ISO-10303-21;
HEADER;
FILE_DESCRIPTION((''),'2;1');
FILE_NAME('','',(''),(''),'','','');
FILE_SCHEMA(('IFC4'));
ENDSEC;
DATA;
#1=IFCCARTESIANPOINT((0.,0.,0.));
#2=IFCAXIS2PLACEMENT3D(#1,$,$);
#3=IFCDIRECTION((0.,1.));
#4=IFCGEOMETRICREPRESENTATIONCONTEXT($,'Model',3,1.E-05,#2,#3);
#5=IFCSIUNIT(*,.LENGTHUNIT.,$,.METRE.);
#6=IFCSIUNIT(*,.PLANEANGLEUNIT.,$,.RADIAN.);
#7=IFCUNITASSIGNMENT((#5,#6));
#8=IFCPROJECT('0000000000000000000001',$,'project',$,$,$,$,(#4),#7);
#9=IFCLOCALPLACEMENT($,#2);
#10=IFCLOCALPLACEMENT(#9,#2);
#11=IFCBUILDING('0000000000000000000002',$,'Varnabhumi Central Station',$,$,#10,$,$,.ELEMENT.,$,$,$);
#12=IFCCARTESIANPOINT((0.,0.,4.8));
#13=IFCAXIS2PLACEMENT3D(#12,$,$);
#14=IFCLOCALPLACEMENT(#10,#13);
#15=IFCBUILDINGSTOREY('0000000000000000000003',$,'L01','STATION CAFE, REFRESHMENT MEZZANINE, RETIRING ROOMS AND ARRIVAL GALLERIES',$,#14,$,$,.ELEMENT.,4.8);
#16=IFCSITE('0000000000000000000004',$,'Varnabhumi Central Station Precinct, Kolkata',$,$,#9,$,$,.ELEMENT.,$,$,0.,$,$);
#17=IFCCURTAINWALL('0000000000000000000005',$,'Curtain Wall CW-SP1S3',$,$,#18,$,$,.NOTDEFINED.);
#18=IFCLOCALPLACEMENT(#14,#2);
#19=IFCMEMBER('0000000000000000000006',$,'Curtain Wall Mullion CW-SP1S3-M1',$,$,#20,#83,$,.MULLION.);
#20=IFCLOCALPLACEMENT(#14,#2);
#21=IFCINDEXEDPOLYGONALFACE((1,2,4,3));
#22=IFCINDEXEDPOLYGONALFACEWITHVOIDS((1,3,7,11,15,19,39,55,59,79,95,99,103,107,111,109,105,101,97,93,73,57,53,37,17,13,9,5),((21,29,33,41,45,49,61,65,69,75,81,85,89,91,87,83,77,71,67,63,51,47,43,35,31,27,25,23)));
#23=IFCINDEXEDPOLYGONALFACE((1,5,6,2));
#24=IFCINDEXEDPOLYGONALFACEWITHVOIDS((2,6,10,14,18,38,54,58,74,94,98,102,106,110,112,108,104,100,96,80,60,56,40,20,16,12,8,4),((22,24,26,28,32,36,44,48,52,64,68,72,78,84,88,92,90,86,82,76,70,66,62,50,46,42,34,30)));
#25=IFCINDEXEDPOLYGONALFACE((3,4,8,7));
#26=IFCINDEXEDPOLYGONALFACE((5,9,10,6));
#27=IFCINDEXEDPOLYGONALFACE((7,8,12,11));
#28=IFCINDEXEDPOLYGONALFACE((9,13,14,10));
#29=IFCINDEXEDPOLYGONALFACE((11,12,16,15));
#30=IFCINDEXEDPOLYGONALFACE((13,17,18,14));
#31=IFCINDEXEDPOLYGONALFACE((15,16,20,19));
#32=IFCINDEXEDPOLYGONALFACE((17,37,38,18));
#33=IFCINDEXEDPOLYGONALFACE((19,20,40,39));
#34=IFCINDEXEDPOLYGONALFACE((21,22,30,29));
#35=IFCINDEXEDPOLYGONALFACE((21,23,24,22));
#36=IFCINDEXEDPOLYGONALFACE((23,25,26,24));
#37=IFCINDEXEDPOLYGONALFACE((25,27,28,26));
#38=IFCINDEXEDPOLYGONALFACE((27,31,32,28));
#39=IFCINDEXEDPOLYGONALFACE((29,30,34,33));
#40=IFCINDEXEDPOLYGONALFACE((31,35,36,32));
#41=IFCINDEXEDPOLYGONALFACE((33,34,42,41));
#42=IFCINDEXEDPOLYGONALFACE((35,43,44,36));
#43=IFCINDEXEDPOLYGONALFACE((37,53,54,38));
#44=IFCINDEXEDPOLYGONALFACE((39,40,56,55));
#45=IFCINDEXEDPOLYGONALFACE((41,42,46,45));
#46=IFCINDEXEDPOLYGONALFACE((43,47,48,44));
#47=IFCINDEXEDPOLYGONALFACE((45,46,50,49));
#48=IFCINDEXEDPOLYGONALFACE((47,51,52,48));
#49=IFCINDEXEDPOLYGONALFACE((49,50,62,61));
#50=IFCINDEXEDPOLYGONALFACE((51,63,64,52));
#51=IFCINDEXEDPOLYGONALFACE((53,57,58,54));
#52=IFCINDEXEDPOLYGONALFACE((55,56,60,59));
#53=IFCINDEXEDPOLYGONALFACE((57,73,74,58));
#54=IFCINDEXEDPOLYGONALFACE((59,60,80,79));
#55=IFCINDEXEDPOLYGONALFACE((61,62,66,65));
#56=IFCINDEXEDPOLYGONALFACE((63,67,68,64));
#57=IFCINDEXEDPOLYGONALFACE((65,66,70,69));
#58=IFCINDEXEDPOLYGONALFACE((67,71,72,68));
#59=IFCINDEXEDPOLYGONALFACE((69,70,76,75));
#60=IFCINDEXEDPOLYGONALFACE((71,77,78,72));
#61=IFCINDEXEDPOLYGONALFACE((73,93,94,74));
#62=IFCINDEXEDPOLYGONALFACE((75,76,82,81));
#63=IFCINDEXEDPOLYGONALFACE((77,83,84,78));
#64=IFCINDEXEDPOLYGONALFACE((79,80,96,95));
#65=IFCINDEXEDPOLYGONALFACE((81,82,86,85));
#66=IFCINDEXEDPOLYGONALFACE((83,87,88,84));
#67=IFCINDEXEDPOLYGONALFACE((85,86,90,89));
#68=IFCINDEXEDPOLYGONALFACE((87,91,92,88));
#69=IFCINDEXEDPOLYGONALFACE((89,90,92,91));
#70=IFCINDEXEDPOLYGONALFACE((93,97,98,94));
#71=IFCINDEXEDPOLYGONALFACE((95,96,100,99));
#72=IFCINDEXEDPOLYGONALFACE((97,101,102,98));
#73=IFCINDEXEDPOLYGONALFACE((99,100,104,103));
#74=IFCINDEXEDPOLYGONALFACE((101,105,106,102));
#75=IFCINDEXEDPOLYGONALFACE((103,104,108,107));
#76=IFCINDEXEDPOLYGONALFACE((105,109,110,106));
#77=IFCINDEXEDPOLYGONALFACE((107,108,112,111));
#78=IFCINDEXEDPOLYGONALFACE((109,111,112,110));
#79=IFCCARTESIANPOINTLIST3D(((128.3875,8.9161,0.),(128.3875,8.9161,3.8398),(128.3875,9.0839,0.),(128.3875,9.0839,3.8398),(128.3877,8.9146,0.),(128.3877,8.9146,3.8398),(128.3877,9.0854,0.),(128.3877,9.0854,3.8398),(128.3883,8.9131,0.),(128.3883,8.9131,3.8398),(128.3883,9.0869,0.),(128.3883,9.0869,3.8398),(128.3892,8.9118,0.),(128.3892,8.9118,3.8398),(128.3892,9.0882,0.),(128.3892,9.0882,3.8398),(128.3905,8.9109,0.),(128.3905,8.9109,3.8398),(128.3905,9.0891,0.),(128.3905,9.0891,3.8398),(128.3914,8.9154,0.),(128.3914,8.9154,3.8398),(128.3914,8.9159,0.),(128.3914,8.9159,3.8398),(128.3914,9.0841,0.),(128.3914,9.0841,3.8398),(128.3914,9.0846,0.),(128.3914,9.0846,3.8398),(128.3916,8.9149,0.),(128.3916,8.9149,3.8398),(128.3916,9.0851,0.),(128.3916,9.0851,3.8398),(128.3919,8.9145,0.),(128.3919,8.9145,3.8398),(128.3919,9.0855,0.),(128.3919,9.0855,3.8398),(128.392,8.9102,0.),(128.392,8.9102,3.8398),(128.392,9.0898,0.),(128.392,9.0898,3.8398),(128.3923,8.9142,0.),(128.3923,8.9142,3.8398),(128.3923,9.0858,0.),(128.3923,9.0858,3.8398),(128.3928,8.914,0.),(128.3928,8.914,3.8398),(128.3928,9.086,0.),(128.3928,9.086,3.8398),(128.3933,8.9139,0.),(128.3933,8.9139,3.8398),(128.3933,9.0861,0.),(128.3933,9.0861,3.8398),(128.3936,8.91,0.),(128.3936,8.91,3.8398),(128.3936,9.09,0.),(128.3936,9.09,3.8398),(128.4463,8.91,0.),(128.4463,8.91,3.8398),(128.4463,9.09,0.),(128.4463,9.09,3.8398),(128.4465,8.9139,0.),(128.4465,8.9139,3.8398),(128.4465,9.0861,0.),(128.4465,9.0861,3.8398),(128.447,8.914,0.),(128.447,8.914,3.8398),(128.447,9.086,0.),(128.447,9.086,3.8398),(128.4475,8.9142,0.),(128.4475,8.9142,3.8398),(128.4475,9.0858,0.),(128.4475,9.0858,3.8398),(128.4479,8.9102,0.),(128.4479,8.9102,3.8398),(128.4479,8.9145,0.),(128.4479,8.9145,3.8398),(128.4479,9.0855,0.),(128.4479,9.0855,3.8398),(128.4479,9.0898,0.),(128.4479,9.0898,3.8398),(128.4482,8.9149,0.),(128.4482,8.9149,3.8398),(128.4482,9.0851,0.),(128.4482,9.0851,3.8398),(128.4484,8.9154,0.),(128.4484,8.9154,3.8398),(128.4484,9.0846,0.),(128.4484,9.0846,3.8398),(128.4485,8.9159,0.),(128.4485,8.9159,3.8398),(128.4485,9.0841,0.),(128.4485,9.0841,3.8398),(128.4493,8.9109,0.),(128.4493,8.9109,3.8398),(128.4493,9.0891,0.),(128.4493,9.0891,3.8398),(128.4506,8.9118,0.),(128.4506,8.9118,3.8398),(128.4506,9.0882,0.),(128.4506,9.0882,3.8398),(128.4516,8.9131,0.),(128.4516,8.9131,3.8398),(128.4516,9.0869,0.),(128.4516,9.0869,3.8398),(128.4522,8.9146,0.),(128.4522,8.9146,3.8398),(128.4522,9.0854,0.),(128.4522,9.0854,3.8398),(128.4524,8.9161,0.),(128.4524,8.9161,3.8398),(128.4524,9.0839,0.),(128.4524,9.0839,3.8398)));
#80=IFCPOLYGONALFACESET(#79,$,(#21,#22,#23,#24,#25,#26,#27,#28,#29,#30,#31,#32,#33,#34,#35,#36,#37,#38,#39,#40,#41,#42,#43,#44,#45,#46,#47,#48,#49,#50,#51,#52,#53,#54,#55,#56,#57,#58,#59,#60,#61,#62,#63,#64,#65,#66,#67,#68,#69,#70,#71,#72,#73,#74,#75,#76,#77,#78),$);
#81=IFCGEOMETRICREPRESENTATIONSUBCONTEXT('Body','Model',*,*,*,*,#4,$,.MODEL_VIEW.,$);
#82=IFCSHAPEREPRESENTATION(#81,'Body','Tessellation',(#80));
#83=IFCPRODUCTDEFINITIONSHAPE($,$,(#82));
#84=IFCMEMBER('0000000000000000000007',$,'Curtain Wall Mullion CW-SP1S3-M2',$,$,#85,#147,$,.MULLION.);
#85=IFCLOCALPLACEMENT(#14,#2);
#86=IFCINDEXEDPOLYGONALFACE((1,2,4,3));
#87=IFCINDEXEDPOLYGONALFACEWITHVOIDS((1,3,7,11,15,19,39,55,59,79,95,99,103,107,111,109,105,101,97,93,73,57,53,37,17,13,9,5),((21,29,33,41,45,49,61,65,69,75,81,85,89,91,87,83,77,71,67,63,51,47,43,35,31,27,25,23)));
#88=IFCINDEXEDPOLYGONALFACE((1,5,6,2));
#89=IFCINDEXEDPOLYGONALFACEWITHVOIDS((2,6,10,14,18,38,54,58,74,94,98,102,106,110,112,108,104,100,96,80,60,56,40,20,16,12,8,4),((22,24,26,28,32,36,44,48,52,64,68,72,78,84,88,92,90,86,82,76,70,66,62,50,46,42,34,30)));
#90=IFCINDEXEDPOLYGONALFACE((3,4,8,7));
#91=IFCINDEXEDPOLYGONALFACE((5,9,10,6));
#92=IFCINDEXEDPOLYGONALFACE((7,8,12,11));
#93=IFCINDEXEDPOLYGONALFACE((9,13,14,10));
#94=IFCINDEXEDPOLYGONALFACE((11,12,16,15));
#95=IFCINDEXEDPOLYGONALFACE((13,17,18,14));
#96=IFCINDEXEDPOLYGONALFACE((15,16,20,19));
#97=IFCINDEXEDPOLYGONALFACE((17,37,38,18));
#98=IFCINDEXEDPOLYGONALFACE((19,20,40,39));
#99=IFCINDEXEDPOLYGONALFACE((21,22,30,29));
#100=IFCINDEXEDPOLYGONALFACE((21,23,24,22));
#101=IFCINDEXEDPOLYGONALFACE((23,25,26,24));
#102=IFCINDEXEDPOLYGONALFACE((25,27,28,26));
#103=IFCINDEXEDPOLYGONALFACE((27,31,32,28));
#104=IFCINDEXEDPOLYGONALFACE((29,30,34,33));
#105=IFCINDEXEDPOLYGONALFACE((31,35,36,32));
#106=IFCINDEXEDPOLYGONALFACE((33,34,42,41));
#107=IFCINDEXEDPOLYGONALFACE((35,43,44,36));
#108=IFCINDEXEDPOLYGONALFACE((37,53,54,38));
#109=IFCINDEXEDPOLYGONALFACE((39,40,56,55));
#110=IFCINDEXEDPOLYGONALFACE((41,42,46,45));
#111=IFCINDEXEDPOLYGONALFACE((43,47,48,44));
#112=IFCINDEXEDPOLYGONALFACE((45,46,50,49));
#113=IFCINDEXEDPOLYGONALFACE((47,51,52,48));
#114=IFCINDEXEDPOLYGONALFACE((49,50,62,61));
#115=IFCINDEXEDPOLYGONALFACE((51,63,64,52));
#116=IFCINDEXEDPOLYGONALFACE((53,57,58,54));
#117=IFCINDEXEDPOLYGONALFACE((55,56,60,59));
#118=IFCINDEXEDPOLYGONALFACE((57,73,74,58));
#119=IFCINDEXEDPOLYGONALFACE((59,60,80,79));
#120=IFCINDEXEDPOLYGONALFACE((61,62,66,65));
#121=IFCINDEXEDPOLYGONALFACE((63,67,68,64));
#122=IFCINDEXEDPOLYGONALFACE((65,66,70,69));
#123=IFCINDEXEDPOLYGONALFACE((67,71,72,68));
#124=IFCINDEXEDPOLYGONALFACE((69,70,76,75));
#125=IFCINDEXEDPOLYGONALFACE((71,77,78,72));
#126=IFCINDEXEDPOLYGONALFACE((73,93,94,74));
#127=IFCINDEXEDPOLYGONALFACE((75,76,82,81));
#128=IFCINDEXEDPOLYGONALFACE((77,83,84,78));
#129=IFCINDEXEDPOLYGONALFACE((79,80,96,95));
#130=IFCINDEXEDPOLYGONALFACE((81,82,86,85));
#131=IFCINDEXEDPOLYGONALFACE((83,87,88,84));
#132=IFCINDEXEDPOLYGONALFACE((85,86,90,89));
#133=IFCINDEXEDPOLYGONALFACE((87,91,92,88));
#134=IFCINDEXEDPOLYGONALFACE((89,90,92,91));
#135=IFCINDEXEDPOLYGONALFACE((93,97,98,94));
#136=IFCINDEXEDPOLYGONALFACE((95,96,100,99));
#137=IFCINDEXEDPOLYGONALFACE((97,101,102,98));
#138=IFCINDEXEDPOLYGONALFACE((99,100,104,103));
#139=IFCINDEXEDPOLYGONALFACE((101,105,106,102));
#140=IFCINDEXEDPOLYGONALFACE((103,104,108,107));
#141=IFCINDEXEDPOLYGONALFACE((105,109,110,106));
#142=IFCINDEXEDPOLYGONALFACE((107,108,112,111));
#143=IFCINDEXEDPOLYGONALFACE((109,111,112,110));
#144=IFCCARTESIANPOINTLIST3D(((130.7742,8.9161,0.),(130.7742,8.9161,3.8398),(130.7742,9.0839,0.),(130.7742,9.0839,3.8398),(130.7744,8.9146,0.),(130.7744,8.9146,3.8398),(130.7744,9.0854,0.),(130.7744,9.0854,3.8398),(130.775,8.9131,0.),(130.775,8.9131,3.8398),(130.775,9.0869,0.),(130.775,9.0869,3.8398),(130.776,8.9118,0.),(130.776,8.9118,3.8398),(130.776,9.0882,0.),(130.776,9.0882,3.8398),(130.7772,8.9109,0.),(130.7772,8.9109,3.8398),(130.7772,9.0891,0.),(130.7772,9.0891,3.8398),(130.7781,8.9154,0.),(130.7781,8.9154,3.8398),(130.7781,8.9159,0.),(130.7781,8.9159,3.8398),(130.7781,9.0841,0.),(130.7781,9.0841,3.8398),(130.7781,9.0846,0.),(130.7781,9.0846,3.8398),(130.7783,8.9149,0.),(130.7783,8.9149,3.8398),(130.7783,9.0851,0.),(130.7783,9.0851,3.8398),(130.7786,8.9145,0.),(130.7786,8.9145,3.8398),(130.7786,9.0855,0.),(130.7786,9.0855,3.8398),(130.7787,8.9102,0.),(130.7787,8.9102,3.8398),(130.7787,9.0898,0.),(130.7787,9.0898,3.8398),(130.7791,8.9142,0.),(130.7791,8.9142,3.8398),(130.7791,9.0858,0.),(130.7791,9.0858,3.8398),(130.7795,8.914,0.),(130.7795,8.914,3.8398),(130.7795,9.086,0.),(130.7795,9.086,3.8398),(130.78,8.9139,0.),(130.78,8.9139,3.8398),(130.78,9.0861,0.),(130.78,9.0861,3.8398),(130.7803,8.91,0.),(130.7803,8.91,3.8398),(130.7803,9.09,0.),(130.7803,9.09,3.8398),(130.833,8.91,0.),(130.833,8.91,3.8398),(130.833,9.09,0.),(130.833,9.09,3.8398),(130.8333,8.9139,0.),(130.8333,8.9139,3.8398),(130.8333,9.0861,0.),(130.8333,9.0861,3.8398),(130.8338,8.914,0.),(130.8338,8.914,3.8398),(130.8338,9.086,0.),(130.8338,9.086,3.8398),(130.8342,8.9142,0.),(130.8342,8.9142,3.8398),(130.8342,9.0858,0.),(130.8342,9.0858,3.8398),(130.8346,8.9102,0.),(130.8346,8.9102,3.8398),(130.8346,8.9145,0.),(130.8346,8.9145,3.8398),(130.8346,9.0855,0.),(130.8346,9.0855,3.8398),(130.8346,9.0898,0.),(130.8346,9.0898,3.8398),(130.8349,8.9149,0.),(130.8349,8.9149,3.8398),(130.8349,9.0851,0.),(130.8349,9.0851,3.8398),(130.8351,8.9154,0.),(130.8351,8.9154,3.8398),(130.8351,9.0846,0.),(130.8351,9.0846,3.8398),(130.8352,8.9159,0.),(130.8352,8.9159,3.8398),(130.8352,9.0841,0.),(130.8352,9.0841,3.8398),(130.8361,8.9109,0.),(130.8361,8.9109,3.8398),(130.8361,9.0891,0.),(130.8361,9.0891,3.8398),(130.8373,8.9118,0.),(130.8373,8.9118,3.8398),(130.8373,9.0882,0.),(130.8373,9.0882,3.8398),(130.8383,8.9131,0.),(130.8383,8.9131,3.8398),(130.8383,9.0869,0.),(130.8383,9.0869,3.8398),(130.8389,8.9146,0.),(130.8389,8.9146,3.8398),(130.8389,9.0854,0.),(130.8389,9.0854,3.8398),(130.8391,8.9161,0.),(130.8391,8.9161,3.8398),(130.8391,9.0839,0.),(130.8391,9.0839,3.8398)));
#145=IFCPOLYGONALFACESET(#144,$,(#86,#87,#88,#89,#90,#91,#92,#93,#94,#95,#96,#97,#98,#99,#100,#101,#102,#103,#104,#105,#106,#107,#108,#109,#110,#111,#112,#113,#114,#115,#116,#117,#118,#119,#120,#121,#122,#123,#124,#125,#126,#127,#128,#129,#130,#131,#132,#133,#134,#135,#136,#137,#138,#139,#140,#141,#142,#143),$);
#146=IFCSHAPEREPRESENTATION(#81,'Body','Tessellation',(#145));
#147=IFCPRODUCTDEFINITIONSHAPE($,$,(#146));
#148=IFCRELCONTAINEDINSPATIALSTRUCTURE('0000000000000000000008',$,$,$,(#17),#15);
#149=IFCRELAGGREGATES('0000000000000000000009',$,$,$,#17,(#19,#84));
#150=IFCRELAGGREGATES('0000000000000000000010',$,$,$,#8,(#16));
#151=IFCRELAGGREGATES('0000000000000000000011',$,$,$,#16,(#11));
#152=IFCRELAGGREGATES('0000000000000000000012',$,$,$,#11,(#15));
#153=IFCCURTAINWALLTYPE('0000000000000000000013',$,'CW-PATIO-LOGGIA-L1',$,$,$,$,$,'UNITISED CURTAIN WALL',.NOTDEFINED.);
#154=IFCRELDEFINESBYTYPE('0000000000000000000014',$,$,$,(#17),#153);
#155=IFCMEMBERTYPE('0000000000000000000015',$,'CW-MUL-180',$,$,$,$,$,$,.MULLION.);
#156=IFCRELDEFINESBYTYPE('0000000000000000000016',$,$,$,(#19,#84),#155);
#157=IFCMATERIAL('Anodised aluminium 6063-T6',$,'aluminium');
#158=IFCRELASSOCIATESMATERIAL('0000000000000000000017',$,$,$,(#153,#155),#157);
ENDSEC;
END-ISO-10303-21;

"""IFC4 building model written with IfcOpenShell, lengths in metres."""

from ifc_helpers import new_model, si_unit, direction, frame, origin, origin_2d, place, context, subcontext, project, spatial, hollow_rectangle, extrude, material, material_profile, profile_set, type_object, element, aggregate, save


model = new_model("IFC4")

# Units and contexts
model_context = context("Model", 3, precision=1e-05, world=origin(), true_north=direction((0.0, 1.0)))
body_context = subcontext(model_context, "Body", "Model", "MODEL_VIEW")
ifc_project = project(units=[si_unit("LENGTHUNIT", "METRE"), si_unit("PLANEANGLEUNIT", "RADIAN")], contexts=[model_context])

# Site, building, storey
site_placement = place(None, origin())
site = spatial("IfcSite", under=ifc_project, at=site_placement, Name="Varnabhumi Central Station Precinct, Kolkata", CompositionType="ELEMENT", RefElevation=0.0)
building_placement = place(site_placement, origin())
building = spatial("IfcBuilding", under=site, at=building_placement, Name="Varnabhumi Central Station", CompositionType="ELEMENT")
storey_placement = place(building_placement, frame((0.0, 0.0, 4.8)))
storey = spatial("IfcBuildingStorey", under=building, at=storey_placement, Name="L01", Description="STATION CAFE, REFRESHMENT MEZZANINE, RETIRING ROOMS AND ARRIVAL GALLERIES", CompositionType="ELEMENT", Elevation=4.8)

# Curtain wall, members
ifc_material_1 = material(Name="Anodised aluminium 6063-T6", Category="aluminium")
curtain_wall_type = type_object("IfcCurtainWallType", Name="CW-PATIO-LOGGIA-L1", ElementType="UNITISED CURTAIN WALL", PredefinedType="NOTDEFINED", material=ifc_material_1)
curtain_wall_1_placement = place(storey_placement, origin())
curtain_wall_1 = element("IfcCurtainWall", 1, at=curtain_wall_1_placement, inside=storey, type_object=curtain_wall_type, Name="Curtain Wall CW-SP1S3", PredefinedType="NOTDEFINED")
ifc_material_profile_1 = material_profile(ifc_material_1, hollow_rectangle(XDim=0.0649, YDim=0.1799, WallThickness=0.0039, InnerFilletRadius=0.002, OuterFilletRadius=0.0061, at=origin_2d()), Name="Anodised aluminium 6063-T6", Category="aluminium")
ifc_profile_set_1 = profile_set([ifc_material_profile_1], Name="Anodised aluminium 6063-T6")
member_type_1 = type_object("IfcMemberType", Name="CW-MUL-180", PredefinedType="MULLION", material=ifc_profile_set_1)
member_1_placement = place(storey_placement, frame((128.4199, 9.0, 0.0), z_axis=(0.0, 0.0, 1.0), x_axis=(1.0, 0.0, 0.0)))
member_1 = element("IfcMember", 2, at=member_1_placement, type_object=member_type_1, Name="Curtain Wall Mullion CW-SP1S3-M1", PredefinedType="MULLION", context=body_context, shape_type="SweptSolid", body=[
    extrude(hollow_rectangle(XDim=0.0649, YDim=0.1799, WallThickness=0.0039, InnerFilletRadius=0.002, OuterFilletRadius=0.0061, at=origin_2d()), origin(), (0.0, 0.0, 1.0), 3.8398),
])
member_2_placement = place(storey_placement, frame((130.8066, 9.0, 0.0), z_axis=(0.0, 0.0, 1.0), x_axis=(1.0, 0.0, 0.0)))
member_2 = element("IfcMember", 3, at=member_2_placement, type_object=member_type_1, Name="Curtain Wall Mullion CW-SP1S3-M2", PredefinedType="MULLION", context=body_context, shape_type="SweptSolid", body=[
    extrude(hollow_rectangle(XDim=0.0649, YDim=0.1799, WallThickness=0.0039, InnerFilletRadius=0.002, OuterFilletRadius=0.0061, at=origin_2d()), origin(), (0.0, 0.0, 1.0), 3.8398),
])

aggregate(curtain_wall_1, [member_1, member_2])

save(model, "model.ifc")
